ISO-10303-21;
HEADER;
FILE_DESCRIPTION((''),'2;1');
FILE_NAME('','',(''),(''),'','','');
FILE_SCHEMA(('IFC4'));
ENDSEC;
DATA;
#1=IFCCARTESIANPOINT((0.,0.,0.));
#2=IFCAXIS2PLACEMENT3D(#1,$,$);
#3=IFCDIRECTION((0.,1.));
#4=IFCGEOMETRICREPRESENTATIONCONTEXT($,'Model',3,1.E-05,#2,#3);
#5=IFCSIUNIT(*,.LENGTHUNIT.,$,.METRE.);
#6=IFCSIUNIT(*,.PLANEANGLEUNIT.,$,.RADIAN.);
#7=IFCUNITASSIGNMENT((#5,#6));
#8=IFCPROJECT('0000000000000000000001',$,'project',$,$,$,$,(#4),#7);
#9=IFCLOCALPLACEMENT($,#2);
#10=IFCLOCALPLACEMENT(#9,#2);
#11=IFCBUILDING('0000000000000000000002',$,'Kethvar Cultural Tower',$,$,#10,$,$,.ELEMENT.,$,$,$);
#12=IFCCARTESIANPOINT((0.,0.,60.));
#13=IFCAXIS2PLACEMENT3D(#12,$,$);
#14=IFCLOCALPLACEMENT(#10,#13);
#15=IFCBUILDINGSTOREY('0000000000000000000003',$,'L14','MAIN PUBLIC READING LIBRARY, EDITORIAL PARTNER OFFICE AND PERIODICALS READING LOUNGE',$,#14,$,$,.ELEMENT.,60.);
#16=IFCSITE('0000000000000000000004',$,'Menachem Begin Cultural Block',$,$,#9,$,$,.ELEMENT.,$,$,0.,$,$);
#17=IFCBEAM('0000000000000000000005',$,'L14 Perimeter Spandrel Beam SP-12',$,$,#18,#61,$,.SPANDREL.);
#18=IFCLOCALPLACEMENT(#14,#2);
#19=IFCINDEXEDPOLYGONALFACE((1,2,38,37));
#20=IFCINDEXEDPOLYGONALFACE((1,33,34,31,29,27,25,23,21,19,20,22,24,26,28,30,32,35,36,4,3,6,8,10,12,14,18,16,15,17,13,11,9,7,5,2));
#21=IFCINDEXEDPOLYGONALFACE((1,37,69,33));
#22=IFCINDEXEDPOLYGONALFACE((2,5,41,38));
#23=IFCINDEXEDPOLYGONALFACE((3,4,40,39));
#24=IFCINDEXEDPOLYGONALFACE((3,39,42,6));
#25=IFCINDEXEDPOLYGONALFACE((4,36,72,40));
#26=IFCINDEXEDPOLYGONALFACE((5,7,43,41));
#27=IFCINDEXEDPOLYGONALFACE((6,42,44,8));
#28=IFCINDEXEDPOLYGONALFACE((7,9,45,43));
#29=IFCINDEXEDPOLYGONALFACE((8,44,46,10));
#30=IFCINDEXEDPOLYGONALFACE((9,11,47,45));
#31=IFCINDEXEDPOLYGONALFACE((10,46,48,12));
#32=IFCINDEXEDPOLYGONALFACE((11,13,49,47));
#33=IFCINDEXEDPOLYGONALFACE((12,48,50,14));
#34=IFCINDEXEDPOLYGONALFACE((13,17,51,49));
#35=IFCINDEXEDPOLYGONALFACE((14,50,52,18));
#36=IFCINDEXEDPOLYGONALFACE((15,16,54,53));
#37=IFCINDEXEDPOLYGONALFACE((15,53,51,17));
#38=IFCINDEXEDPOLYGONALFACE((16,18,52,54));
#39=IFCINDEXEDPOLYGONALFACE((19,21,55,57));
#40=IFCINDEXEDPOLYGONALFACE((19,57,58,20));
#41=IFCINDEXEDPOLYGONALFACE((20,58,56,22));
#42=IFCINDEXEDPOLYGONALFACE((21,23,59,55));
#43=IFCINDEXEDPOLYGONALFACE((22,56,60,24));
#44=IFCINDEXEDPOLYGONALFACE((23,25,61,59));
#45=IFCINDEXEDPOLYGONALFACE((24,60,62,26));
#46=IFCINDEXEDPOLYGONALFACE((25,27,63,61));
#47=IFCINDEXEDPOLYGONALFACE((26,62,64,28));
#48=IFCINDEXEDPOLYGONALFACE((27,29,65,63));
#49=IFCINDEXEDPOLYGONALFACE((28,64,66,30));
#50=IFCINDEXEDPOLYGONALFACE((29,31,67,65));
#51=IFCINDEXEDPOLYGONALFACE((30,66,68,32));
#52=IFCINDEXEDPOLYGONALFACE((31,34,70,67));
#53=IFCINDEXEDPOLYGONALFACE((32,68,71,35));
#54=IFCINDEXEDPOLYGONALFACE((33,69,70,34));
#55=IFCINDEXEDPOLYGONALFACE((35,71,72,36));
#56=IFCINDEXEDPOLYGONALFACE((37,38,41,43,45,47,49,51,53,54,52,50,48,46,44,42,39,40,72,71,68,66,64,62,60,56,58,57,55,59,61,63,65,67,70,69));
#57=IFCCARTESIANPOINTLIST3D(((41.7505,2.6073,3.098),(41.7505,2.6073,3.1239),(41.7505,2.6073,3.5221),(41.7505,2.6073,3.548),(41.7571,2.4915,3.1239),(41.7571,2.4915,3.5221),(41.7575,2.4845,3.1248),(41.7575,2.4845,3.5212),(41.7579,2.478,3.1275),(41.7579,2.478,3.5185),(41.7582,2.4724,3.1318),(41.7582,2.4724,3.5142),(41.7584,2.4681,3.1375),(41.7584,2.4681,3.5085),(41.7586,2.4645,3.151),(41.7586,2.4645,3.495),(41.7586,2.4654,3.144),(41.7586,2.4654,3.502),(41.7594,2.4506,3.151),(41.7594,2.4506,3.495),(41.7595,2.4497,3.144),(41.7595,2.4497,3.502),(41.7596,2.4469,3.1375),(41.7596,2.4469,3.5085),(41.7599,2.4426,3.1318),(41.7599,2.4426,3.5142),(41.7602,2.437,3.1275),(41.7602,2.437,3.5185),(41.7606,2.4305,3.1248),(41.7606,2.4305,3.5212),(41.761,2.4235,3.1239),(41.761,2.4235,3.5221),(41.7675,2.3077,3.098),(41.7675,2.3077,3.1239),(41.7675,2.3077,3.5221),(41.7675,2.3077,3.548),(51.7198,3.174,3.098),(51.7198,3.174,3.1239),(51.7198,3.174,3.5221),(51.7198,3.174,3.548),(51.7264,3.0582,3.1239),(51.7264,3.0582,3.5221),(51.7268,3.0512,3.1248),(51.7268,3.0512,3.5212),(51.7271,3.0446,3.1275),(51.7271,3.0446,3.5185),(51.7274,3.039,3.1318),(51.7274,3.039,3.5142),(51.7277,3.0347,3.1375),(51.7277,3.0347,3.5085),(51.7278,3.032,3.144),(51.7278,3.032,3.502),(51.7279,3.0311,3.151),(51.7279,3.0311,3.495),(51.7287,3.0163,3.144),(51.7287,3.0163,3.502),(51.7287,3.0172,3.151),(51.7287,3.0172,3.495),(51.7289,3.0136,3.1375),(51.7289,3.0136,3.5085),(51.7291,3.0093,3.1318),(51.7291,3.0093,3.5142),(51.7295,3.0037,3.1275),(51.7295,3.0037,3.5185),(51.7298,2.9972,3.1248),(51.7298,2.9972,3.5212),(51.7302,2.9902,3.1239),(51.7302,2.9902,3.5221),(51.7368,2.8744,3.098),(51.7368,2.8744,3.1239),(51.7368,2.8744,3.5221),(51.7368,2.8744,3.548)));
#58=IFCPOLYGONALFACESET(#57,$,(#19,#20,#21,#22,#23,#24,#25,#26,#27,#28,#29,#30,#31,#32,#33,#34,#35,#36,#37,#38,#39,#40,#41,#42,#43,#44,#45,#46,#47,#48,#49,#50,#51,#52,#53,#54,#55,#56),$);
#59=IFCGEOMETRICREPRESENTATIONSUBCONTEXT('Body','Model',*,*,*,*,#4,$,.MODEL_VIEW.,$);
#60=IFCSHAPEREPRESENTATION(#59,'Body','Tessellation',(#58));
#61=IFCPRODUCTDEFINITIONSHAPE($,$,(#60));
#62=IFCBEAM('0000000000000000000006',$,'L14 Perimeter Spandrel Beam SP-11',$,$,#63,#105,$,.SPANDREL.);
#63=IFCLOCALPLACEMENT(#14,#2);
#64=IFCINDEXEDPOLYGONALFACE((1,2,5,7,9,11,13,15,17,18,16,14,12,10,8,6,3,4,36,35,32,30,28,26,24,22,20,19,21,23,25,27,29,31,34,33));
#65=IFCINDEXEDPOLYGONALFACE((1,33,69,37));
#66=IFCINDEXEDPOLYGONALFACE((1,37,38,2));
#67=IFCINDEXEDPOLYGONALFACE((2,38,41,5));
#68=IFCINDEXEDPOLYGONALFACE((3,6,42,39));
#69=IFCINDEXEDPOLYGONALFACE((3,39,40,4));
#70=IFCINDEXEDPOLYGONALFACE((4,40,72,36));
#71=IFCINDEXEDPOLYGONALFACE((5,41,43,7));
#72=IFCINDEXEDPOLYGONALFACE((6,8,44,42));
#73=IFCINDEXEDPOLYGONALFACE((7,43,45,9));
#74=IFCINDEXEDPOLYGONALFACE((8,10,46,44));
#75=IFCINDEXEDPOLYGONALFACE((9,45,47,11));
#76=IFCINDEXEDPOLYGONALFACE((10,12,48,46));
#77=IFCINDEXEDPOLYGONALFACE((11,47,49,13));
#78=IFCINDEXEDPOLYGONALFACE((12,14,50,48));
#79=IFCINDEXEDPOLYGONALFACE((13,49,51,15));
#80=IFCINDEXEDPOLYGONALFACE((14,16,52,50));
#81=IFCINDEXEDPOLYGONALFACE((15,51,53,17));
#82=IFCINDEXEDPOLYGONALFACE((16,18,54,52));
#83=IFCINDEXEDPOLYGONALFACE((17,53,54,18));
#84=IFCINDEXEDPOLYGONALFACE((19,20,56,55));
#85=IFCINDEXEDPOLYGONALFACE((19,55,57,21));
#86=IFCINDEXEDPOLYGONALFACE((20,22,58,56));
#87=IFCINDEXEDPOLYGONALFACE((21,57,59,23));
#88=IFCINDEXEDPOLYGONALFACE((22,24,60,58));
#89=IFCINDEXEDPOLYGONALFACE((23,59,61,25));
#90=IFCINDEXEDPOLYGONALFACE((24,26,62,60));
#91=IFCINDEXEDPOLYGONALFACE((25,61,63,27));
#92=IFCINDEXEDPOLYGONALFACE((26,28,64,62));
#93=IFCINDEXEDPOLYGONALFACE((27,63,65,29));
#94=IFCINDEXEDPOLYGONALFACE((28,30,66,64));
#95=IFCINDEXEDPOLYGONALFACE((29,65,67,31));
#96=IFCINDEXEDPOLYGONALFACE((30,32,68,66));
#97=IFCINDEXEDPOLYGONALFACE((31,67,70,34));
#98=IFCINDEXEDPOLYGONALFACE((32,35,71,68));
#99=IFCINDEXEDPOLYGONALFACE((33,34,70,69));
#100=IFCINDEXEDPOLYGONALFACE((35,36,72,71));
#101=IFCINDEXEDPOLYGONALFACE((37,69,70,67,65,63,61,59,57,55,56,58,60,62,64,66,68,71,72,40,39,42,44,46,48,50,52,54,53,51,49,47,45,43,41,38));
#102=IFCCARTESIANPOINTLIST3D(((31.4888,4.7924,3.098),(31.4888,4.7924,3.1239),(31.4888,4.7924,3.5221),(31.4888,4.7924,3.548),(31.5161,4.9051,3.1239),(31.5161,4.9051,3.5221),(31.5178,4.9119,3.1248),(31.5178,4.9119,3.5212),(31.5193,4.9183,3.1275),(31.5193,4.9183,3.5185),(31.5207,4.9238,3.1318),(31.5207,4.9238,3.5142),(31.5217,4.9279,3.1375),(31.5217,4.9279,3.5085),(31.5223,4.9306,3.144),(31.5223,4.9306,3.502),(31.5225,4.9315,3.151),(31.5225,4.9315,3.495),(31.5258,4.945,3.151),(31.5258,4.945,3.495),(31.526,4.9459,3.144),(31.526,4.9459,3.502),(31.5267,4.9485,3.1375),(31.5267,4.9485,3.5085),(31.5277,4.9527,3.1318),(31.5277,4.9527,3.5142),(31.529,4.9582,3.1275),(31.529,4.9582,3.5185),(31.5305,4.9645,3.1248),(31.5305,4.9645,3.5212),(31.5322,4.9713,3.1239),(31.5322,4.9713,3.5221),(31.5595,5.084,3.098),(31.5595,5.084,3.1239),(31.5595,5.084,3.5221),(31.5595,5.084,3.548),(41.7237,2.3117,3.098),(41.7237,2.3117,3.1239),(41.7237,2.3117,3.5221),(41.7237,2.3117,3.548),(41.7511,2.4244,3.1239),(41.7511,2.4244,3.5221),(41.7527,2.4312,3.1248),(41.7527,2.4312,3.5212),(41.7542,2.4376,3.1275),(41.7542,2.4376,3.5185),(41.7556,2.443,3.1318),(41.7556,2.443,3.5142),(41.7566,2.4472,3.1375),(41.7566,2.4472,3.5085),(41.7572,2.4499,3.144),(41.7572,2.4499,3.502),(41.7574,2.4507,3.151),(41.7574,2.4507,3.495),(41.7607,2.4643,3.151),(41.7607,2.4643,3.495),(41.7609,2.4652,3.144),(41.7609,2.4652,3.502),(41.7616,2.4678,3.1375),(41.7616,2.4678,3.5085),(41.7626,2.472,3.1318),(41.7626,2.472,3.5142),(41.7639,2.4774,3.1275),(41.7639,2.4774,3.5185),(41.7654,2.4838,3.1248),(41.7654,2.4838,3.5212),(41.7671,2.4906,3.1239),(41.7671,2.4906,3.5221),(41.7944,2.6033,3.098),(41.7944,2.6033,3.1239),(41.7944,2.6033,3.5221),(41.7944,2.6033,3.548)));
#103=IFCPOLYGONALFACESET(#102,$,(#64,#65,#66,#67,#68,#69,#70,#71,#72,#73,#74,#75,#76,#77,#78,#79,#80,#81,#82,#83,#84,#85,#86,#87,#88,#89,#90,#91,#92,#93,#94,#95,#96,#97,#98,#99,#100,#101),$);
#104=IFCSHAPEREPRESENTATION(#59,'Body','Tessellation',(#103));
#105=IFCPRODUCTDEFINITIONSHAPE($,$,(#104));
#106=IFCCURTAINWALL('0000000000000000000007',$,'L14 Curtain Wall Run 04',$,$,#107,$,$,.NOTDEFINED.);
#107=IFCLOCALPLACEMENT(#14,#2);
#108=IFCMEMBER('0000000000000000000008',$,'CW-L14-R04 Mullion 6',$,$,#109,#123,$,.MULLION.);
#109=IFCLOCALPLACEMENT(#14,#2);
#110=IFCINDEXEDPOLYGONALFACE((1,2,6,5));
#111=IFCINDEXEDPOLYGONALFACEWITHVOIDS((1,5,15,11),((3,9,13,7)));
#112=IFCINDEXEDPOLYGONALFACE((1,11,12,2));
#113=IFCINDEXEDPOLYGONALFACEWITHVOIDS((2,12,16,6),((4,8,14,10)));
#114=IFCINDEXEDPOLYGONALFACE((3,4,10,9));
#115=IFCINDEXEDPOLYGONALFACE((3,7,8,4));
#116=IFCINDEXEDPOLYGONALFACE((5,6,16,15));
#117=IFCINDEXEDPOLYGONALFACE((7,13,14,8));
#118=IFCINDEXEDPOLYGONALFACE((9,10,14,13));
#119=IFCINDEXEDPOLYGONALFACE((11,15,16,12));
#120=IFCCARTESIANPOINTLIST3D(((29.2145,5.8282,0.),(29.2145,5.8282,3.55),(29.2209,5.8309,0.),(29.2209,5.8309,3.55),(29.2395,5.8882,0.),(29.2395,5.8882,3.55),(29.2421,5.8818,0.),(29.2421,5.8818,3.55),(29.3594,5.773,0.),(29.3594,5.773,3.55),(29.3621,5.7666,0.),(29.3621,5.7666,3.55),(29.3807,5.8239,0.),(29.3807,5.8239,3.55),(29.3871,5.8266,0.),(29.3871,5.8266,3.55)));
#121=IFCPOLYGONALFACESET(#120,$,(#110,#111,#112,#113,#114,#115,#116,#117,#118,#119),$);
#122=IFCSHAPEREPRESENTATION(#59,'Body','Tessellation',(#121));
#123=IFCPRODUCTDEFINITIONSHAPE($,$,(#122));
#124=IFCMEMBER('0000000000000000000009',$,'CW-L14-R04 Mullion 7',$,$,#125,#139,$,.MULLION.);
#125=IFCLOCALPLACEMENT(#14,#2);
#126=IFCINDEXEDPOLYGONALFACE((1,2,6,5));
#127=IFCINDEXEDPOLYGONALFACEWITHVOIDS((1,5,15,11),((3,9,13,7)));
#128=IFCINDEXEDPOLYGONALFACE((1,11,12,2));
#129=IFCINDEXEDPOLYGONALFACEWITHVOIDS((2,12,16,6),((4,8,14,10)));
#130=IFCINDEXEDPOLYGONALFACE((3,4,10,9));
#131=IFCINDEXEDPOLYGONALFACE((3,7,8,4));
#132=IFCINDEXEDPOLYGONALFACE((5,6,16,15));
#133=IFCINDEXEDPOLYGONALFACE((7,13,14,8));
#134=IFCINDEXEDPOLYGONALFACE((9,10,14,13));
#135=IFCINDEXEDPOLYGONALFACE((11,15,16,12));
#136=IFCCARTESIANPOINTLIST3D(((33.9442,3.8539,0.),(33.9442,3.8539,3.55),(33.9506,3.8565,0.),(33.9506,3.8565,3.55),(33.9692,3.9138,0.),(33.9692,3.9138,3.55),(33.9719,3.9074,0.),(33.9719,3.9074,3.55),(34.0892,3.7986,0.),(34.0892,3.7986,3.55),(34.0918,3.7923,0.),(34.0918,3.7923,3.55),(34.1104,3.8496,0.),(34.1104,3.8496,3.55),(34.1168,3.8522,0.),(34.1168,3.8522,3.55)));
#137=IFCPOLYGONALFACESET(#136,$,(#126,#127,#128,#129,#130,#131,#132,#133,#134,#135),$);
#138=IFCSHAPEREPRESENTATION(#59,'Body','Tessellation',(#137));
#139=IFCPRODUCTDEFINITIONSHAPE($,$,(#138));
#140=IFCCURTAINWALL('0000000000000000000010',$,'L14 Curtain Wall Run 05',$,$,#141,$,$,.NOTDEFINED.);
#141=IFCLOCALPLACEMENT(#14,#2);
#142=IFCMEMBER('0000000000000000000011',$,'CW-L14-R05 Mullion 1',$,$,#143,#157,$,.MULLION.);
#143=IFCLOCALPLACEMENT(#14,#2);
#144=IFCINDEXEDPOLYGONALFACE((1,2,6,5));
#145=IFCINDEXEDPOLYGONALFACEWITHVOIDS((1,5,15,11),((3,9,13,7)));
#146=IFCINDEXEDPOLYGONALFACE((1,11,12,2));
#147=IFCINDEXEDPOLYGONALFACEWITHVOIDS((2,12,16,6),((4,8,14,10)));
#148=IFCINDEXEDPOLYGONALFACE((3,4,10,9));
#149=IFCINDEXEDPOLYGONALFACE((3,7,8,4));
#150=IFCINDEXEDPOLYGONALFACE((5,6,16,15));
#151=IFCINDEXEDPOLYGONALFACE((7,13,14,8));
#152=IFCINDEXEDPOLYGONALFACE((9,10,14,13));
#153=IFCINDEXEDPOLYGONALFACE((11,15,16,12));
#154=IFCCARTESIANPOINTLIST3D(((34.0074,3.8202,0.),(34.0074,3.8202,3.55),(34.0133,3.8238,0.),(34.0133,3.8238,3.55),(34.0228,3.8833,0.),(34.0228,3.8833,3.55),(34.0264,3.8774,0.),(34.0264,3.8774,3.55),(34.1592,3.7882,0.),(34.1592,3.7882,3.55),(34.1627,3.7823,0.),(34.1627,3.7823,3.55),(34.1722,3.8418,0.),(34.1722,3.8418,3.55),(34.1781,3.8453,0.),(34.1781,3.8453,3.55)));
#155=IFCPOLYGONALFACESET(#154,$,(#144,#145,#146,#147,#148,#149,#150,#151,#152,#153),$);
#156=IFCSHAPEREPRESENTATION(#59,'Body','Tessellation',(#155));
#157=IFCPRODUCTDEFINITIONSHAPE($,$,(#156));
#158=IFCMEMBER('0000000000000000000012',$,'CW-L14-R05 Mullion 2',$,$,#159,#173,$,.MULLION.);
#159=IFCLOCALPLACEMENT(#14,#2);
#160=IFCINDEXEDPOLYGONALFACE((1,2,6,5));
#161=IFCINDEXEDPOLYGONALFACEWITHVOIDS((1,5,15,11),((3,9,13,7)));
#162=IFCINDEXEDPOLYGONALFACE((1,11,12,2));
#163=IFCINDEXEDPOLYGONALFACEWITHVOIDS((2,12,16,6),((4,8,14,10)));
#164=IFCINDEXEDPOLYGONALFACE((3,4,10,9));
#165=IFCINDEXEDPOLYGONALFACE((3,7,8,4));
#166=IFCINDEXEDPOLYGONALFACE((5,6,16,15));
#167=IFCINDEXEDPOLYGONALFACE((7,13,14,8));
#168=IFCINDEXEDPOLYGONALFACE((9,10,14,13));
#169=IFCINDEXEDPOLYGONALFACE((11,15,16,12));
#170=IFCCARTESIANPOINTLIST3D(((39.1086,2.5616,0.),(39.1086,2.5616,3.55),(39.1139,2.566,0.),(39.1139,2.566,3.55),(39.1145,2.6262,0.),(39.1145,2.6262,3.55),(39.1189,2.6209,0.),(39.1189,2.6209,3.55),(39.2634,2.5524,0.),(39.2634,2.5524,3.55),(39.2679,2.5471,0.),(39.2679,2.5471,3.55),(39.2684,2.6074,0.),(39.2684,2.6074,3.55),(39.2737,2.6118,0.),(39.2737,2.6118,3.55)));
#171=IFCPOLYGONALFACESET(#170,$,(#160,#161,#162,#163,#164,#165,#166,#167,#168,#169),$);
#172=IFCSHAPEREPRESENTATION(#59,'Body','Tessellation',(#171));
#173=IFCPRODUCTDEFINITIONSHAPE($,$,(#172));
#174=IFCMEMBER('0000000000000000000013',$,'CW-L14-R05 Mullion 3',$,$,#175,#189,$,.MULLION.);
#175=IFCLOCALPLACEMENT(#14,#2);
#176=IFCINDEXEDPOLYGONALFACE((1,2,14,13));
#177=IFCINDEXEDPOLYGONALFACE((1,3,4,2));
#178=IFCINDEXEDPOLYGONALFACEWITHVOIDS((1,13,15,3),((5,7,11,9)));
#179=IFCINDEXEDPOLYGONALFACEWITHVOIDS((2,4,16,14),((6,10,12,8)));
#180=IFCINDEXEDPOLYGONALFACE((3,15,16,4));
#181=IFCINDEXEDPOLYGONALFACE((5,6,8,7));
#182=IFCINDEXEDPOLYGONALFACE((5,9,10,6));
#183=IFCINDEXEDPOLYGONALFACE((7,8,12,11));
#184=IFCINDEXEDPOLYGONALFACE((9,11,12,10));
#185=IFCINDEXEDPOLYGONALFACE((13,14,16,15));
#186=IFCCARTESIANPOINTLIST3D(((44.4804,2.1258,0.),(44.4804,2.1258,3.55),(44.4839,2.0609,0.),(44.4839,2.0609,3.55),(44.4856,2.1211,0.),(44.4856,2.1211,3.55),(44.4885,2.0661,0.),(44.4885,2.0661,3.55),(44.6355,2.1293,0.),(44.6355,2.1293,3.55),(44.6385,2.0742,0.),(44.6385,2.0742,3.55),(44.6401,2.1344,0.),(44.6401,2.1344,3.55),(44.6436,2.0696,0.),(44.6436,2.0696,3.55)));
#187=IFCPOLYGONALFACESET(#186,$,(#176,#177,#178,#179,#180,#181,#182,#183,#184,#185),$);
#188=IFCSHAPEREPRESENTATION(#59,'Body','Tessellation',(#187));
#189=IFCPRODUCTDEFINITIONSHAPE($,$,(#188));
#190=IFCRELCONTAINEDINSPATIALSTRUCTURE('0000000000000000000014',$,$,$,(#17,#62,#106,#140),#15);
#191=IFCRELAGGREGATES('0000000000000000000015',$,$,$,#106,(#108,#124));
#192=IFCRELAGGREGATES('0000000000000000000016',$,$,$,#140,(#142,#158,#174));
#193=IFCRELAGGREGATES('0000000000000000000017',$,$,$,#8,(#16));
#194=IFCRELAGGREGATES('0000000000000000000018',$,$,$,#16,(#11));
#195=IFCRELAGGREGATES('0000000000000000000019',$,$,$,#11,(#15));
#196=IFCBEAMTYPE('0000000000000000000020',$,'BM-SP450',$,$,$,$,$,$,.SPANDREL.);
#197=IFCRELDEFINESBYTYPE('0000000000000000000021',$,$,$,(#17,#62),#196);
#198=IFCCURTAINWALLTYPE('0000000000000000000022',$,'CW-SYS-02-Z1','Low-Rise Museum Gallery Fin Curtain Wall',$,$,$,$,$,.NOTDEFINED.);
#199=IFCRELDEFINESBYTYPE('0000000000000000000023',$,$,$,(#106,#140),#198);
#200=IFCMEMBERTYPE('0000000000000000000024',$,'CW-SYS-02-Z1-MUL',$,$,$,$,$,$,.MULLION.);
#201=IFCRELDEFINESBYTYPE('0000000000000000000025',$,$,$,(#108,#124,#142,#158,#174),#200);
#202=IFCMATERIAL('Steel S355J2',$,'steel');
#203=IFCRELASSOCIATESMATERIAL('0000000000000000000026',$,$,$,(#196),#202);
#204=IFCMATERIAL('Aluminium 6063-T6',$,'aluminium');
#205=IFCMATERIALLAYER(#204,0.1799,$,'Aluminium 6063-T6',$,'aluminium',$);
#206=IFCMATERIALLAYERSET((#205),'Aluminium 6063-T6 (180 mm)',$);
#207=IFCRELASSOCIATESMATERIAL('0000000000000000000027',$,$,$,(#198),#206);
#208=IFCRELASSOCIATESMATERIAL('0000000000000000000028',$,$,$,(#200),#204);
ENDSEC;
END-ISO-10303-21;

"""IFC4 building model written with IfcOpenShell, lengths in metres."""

from ifc_helpers import new_model, si_unit, direction, frame, origin, origin_2d, place, context, subcontext, project, spatial, hollow_rectangle, i_section, extrude, source, transform, mapped, material, layer, layer_set, material_profile, profile_set, type_object, element, aggregate, save


model = new_model("IFC4")

# Units and contexts
model_context = context("Model", 3, precision=1e-05, world=origin(), true_north=direction((0.0, 1.0)))
body_context = subcontext(model_context, "Body", "Model", "MODEL_VIEW")
ifc_project = project(units=[si_unit("LENGTHUNIT", "METRE"), si_unit("PLANEANGLEUNIT", "RADIAN")], contexts=[model_context])

# Site, building, storey
site_placement = place(None, origin())
site = spatial("IfcSite", under=ifc_project, at=site_placement, Name="Menachem Begin Cultural Block", CompositionType="ELEMENT", RefElevation=0.0)
building_placement = place(site_placement, origin())
building = spatial("IfcBuilding", under=site, at=building_placement, Name="Kethvar Cultural Tower", CompositionType="ELEMENT")
storey_placement = place(building_placement, frame((0.0, 0.0, 60.0)))
storey = spatial("IfcBuildingStorey", under=building, at=storey_placement, Name="L14", Description="MAIN PUBLIC READING LIBRARY, EDITORIAL PARTNER OFFICE AND PERIODICALS READING LOUNGE", CompositionType="ELEMENT", Elevation=60.0)

# Beams
ifc_material_1 = material(Name="Steel S355J2", Category="steel")
ifc_material_profile_1 = material_profile(ifc_material_1, i_section(OverallWidth=0.3, OverallDepth=0.45, WebThickness=0.0139, FlangeThickness=0.0259, FilletRadius=0.0271, at=origin_2d()), Name="Steel S355J2 — HEB450")
ifc_profile_set_1 = profile_set([ifc_material_profile_1], Name="Steel S355J2 — HEB450")
beam_type_1 = type_object("IfcBeamType", Name="BM-SP450", PredefinedType="SPANDREL", material=ifc_profile_set_1)
shared_shape_1 = source(origin(), body_context, "Body", "SweptSolid", [
    extrude(i_section(OverallWidth=0.3, OverallDepth=0.45, WebThickness=0.0139, FlangeThickness=0.0259, FilletRadius=0.0271, at=origin_2d()), origin(), (0.0, 0.0, 1.0), 9.9854),
])
beam_1_placement = place(storey_placement, frame((41.759, 2.4575, 3.323), z_axis=(0.998389, 0.056748, 0.0), x_axis=(-0.056748, 0.998389, 0.0)))
element("IfcBeam", 1, at=beam_1_placement, inside=storey, type_object=beam_type_1, Name="L14 Perimeter Spandrel Beam SP-12", PredefinedType="SPANDREL", context=body_context, shape_type="MappedRepresentation", body=[
    mapped(shared_shape_1, transform((0.0, 0.0, 0.0), scale=1.0)),
])
shared_shape_2 = source(origin(), body_context, "Body", "SweptSolid", [
    extrude(i_section(OverallWidth=0.3, OverallDepth=0.45, WebThickness=0.0139, FlangeThickness=0.0259, FilletRadius=0.0271, at=origin_2d()), origin(), (0.0, 0.0, 1.0), 10.5312),
])
beam_2_placement = place(storey_placement, frame((31.5242, 4.9382, 3.323), z_axis=(0.97186, -0.235558, 0.0), x_axis=(0.235558, 0.97186, 0.0)))
element("IfcBeam", 2, at=beam_2_placement, inside=storey, type_object=beam_type_1, Name="L14 Perimeter Spandrel Beam SP-11", PredefinedType="SPANDREL", context=body_context, shape_type="MappedRepresentation", body=[
    mapped(shared_shape_2, transform((0.0, 0.0, 0.0), scale=1.0)),
])

# Curtain walls, members
ifc_material_2 = material(Name="Aluminium 6063-T6", Category="aluminium")
ifc_layer_1 = layer(ifc_material_2, 0.1799, Name="Aluminium 6063-T6", Category="aluminium")
ifc_layer_set_1 = layer_set([ifc_layer_1], Name="Aluminium 6063-T6 (180 mm)")
curtain_wall_type = type_object("IfcCurtainWallType", Name="CW-SYS-02-Z1", Description="Low-Rise Museum Gallery Fin Curtain Wall", PredefinedType="NOTDEFINED", material=ifc_layer_set_1)
curtain_wall_1_placement = place(storey_placement, origin())
curtain_wall_1 = element("IfcCurtainWall", 3, at=curtain_wall_1_placement, inside=storey, type_object=curtain_wall_type, Name="L14 Curtain Wall Run 04", PredefinedType="NOTDEFINED")
ifc_material_profile_2 = material_profile(ifc_material_2, hollow_rectangle(XDim=0.0649, YDim=0.1599, WallThickness=0.0049, at=origin_2d()), Name="Aluminium 6063-T6 — RHS160x65x5")
ifc_profile_set_2 = profile_set([ifc_material_profile_2], Name="Aluminium 6063-T6 — RHS160x65x5")
member_type_1 = type_object("IfcMemberType", Name="CW-SYS-02-Z1-MUL", PredefinedType="MULLION", material=ifc_profile_set_2)
shared_shape_3 = source(origin(), body_context, "Body", "SweptSolid", [
    extrude(hollow_rectangle(XDim=0.0649, YDim=0.1599, WallThickness=0.0049, at=origin_2d()), origin(), (0.0, 0.0, 1.0), 3.55),
])
member_1_placement = place(storey_placement, frame((29.3008, 5.8274, 0.0), z_axis=(0.0, 0.0, 1.0), x_axis=(0.385214, 0.922827, 0.0)))
member_1 = element("IfcMember", 4, at=member_1_placement, type_object=member_type_1, Name="CW-L14-R04 Mullion 6", PredefinedType="MULLION", context=body_context, shape_type="MappedRepresentation", body=[
    mapped(shared_shape_3, transform((0.0, 0.0, 0.0), scale=1.0)),
])
member_2_placement = place(storey_placement, frame((34.0305, 3.853, 0.0), z_axis=(0.0, 0.0, 1.0), x_axis=(0.385214, 0.922827, 0.0)))
member_2 = element("IfcMember", 5, at=member_2_placement, type_object=member_type_1, Name="CW-L14-R04 Mullion 7", PredefinedType="MULLION", context=body_context, shape_type="MappedRepresentation", body=[
    mapped(shared_shape_3, transform((0.0, 0.0, 0.0), scale=1.0)),
])
curtain_wall_2_placement = place(storey_placement, origin())
curtain_wall_2 = element("IfcCurtainWall", 6, at=curtain_wall_2_placement, inside=storey, type_object=curtain_wall_type, Name="L14 Curtain Wall Run 05", PredefinedType="NOTDEFINED")
member_3_placement = place(storey_placement, frame((34.0928, 3.8328, 0.0), z_axis=(0.0, 0.0, 1.0), x_axis=(0.237177, 0.971466, 0.0)))
member_3 = element("IfcMember", 7, at=member_3_placement, type_object=member_type_1, Name="CW-L14-R05 Mullion 1", PredefinedType="MULLION", context=body_context, shape_type="MappedRepresentation", body=[
    mapped(shared_shape_3, transform((0.0, 0.0, 0.0), scale=1.0)),
])
member_4_placement = place(storey_placement, frame((39.1912, 2.5867, 0.0), z_axis=(0.0, 0.0, 1.0), x_axis=(0.090441, 0.995902, 0.0)))
member_4 = element("IfcMember", 8, at=member_4_placement, type_object=member_type_1, Name="CW-L14-R05 Mullion 2", PredefinedType="MULLION", context=body_context, shape_type="MappedRepresentation", body=[
    mapped(shared_shape_3, transform((0.0, 0.0, 0.0), scale=1.0)),
])
member_5_placement = place(storey_placement, frame((44.562, 2.0977, 0.0), z_axis=(0.0, 0.0, 1.0), x_axis=(-0.054044, 0.998539, 0.0)))
member_5 = element("IfcMember", 9, at=member_5_placement, type_object=member_type_1, Name="CW-L14-R05 Mullion 3", PredefinedType="MULLION", context=body_context, shape_type="MappedRepresentation", body=[
    mapped(shared_shape_3, transform((0.0, 0.0, 0.0), scale=1.0)),
])

aggregate(curtain_wall_1, [member_1, member_2])
aggregate(curtain_wall_2, [member_3, member_4, member_5])

save(model, "model.ifc")
